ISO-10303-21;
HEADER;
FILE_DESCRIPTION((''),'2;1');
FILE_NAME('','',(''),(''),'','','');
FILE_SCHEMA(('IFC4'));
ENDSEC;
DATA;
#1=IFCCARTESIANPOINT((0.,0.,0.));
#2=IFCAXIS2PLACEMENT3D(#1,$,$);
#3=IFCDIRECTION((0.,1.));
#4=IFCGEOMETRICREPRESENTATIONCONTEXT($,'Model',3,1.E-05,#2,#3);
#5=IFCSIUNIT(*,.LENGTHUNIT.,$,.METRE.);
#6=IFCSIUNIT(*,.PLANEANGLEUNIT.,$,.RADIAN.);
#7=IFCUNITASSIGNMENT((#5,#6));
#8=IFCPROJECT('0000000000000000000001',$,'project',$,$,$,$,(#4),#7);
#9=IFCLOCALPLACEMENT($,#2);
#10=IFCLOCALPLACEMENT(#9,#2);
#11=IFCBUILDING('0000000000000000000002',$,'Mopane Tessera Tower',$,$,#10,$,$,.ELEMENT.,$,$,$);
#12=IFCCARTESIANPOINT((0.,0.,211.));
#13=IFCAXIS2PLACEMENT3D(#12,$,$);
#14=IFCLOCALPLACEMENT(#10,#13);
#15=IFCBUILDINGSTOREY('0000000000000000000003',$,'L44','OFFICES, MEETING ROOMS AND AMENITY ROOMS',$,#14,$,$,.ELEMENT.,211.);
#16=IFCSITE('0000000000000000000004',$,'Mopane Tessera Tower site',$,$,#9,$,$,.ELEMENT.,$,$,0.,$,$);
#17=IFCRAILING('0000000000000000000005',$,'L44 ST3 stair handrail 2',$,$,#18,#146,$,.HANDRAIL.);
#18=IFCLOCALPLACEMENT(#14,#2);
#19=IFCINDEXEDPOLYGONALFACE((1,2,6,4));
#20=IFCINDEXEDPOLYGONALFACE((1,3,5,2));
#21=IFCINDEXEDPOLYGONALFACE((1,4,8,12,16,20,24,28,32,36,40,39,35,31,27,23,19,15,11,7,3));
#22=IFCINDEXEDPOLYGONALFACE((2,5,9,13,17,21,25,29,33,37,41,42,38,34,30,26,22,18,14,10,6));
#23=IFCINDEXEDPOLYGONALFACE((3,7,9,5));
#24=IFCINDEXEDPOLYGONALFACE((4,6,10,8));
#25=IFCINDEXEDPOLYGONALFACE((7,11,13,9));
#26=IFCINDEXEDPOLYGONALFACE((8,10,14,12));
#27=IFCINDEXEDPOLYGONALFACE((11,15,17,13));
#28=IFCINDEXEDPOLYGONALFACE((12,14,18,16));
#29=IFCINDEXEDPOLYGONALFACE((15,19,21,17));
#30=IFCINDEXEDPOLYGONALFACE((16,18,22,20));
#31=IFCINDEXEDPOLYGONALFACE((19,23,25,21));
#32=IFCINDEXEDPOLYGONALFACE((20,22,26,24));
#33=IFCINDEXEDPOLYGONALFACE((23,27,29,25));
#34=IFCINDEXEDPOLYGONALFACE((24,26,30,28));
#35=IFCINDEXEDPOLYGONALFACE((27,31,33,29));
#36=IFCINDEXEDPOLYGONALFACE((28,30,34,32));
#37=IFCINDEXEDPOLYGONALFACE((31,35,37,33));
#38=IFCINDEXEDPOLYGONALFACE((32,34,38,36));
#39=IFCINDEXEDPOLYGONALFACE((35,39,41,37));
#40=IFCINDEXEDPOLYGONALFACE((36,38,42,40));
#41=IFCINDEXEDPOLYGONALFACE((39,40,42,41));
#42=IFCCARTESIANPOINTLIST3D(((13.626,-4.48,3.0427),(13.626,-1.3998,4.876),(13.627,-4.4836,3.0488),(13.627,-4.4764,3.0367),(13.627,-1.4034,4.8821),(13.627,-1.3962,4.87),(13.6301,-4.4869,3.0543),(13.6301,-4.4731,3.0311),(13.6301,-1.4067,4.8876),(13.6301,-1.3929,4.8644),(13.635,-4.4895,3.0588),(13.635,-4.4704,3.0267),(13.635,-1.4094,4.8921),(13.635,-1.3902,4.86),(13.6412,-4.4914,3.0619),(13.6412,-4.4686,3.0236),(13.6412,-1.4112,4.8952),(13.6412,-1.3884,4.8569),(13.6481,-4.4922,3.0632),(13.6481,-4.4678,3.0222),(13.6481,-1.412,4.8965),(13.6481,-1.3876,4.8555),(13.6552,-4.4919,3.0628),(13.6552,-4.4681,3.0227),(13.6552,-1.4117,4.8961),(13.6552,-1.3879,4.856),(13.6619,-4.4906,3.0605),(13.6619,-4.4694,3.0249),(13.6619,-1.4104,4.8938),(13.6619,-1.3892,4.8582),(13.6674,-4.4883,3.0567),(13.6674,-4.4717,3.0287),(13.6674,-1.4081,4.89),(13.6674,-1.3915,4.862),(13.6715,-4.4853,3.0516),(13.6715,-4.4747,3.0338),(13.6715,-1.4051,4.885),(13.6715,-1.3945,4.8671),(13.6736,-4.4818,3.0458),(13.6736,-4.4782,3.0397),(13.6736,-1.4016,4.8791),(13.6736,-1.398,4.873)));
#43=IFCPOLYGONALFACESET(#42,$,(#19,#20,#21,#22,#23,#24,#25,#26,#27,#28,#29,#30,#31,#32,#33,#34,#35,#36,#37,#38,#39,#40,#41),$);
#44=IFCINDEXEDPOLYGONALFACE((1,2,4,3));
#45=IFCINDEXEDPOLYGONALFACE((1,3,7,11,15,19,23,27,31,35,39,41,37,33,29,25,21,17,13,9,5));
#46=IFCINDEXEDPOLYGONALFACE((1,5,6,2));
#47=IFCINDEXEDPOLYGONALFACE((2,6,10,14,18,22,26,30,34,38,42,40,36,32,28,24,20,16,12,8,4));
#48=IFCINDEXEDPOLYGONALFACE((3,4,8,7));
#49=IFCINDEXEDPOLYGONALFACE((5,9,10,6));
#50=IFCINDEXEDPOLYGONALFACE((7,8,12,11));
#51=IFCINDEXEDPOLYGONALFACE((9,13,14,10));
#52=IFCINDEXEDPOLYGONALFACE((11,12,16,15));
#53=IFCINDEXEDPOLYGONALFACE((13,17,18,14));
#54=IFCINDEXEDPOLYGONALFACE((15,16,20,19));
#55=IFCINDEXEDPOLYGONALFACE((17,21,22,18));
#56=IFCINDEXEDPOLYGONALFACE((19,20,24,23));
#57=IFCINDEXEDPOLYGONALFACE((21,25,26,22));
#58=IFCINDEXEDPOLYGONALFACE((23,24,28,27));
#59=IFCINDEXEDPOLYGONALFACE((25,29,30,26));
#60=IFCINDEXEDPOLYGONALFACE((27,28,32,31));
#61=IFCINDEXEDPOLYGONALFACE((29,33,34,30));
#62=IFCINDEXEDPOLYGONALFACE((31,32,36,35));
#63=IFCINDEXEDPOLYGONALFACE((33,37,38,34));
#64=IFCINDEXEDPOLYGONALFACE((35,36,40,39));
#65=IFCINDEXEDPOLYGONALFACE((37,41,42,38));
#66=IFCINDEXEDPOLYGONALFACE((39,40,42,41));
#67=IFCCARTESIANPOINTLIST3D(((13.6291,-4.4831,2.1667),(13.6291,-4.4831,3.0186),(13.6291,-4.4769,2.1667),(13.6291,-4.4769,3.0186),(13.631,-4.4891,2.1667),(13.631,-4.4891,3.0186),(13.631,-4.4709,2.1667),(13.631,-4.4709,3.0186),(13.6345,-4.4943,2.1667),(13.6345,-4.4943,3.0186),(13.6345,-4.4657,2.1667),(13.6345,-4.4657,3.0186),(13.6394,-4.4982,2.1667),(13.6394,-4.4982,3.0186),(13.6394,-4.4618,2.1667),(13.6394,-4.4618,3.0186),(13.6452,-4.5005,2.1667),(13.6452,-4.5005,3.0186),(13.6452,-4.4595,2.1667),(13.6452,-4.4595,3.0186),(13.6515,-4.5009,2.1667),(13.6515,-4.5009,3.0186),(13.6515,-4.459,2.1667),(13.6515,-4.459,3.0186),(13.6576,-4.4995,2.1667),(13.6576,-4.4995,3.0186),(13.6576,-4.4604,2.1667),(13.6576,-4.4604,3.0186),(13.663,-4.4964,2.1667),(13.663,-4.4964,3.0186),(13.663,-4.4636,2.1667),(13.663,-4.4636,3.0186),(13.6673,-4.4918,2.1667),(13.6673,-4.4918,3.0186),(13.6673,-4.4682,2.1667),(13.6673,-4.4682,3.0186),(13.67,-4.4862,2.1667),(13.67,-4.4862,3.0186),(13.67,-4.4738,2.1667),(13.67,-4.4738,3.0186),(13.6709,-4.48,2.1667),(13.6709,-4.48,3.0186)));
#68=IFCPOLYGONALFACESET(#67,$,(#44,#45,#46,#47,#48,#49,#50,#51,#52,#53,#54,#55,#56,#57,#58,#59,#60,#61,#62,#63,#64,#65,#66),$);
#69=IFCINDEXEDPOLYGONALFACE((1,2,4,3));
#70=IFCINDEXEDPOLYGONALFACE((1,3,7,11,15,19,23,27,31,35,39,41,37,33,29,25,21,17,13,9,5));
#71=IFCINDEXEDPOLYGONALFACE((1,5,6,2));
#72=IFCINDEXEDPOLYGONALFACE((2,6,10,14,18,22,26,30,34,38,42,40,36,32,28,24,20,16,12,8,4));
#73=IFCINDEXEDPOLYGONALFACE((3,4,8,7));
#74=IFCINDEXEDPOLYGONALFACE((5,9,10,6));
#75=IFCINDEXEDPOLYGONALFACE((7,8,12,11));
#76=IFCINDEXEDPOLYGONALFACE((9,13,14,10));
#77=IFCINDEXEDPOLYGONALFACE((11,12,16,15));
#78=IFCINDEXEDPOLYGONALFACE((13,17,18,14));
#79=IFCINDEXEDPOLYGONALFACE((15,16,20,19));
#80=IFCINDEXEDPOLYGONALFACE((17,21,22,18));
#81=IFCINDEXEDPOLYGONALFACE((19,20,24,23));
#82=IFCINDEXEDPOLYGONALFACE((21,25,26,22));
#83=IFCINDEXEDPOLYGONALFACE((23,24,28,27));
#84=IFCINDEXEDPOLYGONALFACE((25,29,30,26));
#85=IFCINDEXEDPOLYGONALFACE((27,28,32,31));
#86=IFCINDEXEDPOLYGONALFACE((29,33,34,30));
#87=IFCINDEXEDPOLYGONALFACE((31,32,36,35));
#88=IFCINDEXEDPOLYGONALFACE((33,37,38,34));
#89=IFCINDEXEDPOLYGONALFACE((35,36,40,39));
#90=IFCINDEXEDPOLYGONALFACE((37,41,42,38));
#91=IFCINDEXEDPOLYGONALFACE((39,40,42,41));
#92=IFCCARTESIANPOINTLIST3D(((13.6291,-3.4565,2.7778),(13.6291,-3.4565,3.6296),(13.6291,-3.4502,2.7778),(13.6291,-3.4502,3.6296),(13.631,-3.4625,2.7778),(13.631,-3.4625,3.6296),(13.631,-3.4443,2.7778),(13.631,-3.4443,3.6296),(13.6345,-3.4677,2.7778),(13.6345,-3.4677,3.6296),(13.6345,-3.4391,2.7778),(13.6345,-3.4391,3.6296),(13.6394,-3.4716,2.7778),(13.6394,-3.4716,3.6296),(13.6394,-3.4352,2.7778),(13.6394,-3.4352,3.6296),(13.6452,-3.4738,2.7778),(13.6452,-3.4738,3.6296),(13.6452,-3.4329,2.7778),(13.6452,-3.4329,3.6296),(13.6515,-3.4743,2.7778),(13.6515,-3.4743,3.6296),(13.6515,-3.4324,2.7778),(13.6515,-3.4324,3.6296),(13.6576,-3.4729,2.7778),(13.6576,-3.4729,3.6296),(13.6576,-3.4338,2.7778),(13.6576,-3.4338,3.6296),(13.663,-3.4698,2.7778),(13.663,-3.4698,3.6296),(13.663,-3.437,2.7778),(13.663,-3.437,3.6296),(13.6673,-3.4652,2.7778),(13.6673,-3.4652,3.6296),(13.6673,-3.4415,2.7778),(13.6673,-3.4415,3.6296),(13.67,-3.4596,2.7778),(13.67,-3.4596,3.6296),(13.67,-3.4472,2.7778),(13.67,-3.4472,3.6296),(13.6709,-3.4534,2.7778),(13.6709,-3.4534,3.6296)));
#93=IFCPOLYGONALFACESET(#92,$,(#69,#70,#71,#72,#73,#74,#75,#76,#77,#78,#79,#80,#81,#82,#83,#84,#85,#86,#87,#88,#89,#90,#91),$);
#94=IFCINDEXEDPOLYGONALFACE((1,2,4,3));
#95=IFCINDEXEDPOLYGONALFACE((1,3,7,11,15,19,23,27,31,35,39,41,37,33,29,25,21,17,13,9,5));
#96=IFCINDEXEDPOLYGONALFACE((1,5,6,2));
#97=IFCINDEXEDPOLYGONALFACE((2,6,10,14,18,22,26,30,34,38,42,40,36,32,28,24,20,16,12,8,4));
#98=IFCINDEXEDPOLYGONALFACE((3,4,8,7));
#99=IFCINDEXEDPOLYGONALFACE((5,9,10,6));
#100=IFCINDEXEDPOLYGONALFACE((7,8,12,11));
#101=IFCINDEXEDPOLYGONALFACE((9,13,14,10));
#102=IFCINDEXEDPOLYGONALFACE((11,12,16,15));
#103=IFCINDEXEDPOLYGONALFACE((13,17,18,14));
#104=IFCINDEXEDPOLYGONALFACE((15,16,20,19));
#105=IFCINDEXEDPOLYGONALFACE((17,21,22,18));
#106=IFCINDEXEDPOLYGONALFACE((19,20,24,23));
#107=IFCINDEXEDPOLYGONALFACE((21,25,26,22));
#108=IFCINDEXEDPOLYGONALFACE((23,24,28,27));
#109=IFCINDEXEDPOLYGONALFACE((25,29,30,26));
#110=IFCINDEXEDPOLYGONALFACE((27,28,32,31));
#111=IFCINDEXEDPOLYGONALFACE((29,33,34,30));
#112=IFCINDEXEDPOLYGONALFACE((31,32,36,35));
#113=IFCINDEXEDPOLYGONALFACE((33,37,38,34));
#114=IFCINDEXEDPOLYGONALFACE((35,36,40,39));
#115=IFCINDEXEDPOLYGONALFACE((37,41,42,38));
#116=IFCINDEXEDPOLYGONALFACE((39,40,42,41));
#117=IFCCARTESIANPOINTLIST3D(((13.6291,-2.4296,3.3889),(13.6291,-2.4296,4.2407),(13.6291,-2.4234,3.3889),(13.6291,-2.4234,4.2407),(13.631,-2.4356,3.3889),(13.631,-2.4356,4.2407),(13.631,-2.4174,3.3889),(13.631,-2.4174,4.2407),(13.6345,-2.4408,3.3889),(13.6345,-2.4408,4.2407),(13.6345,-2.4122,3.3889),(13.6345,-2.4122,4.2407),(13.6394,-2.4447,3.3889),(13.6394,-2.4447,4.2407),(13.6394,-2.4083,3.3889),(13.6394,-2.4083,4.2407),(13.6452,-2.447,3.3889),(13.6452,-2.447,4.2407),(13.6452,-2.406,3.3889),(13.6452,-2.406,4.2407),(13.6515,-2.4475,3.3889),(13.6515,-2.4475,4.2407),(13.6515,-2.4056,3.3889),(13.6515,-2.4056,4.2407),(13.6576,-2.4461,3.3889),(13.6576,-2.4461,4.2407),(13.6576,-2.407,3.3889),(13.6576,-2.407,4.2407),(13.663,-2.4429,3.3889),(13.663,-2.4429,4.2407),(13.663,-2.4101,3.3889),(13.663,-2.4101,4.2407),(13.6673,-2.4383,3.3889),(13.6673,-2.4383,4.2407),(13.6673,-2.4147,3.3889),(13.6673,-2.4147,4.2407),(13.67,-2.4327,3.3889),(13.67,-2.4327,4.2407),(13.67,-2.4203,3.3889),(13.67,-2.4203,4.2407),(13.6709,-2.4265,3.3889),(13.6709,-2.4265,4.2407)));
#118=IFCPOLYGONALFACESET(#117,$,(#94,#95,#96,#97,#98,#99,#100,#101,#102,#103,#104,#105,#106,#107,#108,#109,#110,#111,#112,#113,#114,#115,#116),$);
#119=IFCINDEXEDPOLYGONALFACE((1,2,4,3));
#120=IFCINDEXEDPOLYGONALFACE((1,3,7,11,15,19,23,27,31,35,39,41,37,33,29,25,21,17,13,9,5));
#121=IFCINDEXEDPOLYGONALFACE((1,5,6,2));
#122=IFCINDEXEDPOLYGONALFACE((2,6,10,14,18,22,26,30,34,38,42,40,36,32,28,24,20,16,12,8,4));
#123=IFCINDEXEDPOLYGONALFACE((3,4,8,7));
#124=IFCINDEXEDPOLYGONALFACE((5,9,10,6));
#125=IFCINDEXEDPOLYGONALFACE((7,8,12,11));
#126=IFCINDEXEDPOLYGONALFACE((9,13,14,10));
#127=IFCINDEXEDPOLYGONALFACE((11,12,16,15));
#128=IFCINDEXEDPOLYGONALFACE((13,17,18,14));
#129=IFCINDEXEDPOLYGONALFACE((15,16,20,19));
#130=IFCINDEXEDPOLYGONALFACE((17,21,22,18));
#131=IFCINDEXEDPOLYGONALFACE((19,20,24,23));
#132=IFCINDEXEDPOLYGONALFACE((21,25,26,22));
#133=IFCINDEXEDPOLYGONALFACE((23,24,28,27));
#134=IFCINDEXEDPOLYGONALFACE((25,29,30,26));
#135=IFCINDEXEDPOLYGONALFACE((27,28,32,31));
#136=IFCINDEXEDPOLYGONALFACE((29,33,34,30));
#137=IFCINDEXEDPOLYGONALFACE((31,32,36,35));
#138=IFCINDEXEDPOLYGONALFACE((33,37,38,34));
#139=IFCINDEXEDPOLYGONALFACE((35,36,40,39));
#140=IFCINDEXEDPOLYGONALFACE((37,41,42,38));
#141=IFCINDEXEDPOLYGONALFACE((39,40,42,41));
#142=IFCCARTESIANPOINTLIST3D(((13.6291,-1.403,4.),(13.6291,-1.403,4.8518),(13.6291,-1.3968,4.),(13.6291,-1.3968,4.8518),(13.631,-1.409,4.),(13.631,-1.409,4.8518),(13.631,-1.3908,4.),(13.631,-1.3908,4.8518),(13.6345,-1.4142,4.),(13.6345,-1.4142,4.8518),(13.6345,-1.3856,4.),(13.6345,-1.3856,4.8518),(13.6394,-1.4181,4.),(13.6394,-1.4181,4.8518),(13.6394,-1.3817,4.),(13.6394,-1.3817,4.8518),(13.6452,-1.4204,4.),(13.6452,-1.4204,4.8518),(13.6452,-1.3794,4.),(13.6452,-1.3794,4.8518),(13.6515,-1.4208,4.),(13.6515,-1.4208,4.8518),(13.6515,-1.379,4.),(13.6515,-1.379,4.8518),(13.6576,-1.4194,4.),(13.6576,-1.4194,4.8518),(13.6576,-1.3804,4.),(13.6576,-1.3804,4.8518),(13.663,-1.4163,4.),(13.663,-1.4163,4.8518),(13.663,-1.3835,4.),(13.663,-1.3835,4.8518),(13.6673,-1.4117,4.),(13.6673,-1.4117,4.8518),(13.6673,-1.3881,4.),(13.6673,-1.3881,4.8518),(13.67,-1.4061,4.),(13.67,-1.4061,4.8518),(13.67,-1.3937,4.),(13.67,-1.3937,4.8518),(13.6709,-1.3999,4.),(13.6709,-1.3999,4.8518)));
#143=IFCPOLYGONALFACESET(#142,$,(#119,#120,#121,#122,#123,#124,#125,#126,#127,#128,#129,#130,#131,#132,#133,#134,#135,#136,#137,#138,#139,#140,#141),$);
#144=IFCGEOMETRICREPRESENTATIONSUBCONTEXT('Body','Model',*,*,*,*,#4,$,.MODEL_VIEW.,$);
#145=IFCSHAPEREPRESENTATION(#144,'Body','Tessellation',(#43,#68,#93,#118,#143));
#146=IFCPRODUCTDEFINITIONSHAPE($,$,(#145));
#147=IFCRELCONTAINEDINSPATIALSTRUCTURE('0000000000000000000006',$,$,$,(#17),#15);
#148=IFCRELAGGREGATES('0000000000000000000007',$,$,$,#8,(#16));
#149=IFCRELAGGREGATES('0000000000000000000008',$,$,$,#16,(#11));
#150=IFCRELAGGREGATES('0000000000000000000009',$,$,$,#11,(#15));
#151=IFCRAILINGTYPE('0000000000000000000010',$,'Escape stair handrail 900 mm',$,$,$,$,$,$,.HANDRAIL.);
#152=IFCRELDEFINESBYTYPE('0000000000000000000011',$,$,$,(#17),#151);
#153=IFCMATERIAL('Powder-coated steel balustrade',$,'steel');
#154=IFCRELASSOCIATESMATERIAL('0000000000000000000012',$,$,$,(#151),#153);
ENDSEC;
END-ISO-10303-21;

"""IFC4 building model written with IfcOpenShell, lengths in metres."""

from ifc_helpers import new_model, si_unit, direction, frame, origin, origin_2d, place, context, subcontext, project, spatial, circle, extrude, material, type_object, element, save


model = new_model("IFC4")

# Units and contexts
model_context = context("Model", 3, precision=1e-05, world=origin(), true_north=direction((0.0, 1.0)))
body_context = subcontext(model_context, "Body", "Model", "MODEL_VIEW")
ifc_project = project(units=[si_unit("LENGTHUNIT", "METRE"), si_unit("PLANEANGLEUNIT", "RADIAN")], contexts=[model_context])

# Site, building, storey
site_placement = place(None, origin())
site = spatial("IfcSite", under=ifc_project, at=site_placement, Name="Mopane Tessera Tower site", CompositionType="ELEMENT", RefElevation=0.0)
building_placement = place(site_placement, origin())
building = spatial("IfcBuilding", under=site, at=building_placement, Name="Mopane Tessera Tower", CompositionType="ELEMENT")
storey_placement = place(building_placement, frame((0.0, 0.0, 211.0)))
storey = spatial("IfcBuildingStorey", under=building, at=storey_placement, Name="L44", Description="OFFICES, MEETING ROOMS AND AMENITY ROOMS", CompositionType="ELEMENT", Elevation=211.0)

# Railing
ifc_material_1 = material(Name="Powder-coated steel balustrade", Category="steel")
railing_type_1 = type_object("IfcRailingType", Name="Escape stair handrail 900 mm", PredefinedType="HANDRAIL", material=ifc_material_1)
railing_1_placement = place(storey_placement, frame((13.6499, -4.48, 2.1667)))
element("IfcRailing", 1, at=railing_1_placement, inside=storey, type_object=railing_type_1, Name="L44 ST3 stair handrail 2", PredefinedType="HANDRAIL", context=body_context, shape_type="SweptSolid", body=[
    extrude(circle(Radius=0.0239, at=origin_2d()), frame((0.0, 0.0, 0.876), z_axis=(0.0, 0.859309, 0.511458), x_axis=(-1.0, 0.0, 0.0)), (0.0, 0.0, 1.0), 3.5845),
    extrude(circle(Radius=0.021, at=origin_2d()), origin(), (0.0, 0.0, 1.0), 0.8518),
    extrude(circle(Radius=0.021, at=origin_2d()), frame((0.0, 1.0266, 0.6111)), (0.0, 0.0, 1.0), 0.8518),
    extrude(circle(Radius=0.021, at=origin_2d()), frame((0.0, 2.0535, 1.2222)), (0.0, 0.0, 1.0), 0.8518),
    extrude(circle(Radius=0.021, at=origin_2d()), frame((0.0, 3.0801, 1.8333)), (0.0, 0.0, 1.0), 0.8518),
])

save(model, "model.ifc")
